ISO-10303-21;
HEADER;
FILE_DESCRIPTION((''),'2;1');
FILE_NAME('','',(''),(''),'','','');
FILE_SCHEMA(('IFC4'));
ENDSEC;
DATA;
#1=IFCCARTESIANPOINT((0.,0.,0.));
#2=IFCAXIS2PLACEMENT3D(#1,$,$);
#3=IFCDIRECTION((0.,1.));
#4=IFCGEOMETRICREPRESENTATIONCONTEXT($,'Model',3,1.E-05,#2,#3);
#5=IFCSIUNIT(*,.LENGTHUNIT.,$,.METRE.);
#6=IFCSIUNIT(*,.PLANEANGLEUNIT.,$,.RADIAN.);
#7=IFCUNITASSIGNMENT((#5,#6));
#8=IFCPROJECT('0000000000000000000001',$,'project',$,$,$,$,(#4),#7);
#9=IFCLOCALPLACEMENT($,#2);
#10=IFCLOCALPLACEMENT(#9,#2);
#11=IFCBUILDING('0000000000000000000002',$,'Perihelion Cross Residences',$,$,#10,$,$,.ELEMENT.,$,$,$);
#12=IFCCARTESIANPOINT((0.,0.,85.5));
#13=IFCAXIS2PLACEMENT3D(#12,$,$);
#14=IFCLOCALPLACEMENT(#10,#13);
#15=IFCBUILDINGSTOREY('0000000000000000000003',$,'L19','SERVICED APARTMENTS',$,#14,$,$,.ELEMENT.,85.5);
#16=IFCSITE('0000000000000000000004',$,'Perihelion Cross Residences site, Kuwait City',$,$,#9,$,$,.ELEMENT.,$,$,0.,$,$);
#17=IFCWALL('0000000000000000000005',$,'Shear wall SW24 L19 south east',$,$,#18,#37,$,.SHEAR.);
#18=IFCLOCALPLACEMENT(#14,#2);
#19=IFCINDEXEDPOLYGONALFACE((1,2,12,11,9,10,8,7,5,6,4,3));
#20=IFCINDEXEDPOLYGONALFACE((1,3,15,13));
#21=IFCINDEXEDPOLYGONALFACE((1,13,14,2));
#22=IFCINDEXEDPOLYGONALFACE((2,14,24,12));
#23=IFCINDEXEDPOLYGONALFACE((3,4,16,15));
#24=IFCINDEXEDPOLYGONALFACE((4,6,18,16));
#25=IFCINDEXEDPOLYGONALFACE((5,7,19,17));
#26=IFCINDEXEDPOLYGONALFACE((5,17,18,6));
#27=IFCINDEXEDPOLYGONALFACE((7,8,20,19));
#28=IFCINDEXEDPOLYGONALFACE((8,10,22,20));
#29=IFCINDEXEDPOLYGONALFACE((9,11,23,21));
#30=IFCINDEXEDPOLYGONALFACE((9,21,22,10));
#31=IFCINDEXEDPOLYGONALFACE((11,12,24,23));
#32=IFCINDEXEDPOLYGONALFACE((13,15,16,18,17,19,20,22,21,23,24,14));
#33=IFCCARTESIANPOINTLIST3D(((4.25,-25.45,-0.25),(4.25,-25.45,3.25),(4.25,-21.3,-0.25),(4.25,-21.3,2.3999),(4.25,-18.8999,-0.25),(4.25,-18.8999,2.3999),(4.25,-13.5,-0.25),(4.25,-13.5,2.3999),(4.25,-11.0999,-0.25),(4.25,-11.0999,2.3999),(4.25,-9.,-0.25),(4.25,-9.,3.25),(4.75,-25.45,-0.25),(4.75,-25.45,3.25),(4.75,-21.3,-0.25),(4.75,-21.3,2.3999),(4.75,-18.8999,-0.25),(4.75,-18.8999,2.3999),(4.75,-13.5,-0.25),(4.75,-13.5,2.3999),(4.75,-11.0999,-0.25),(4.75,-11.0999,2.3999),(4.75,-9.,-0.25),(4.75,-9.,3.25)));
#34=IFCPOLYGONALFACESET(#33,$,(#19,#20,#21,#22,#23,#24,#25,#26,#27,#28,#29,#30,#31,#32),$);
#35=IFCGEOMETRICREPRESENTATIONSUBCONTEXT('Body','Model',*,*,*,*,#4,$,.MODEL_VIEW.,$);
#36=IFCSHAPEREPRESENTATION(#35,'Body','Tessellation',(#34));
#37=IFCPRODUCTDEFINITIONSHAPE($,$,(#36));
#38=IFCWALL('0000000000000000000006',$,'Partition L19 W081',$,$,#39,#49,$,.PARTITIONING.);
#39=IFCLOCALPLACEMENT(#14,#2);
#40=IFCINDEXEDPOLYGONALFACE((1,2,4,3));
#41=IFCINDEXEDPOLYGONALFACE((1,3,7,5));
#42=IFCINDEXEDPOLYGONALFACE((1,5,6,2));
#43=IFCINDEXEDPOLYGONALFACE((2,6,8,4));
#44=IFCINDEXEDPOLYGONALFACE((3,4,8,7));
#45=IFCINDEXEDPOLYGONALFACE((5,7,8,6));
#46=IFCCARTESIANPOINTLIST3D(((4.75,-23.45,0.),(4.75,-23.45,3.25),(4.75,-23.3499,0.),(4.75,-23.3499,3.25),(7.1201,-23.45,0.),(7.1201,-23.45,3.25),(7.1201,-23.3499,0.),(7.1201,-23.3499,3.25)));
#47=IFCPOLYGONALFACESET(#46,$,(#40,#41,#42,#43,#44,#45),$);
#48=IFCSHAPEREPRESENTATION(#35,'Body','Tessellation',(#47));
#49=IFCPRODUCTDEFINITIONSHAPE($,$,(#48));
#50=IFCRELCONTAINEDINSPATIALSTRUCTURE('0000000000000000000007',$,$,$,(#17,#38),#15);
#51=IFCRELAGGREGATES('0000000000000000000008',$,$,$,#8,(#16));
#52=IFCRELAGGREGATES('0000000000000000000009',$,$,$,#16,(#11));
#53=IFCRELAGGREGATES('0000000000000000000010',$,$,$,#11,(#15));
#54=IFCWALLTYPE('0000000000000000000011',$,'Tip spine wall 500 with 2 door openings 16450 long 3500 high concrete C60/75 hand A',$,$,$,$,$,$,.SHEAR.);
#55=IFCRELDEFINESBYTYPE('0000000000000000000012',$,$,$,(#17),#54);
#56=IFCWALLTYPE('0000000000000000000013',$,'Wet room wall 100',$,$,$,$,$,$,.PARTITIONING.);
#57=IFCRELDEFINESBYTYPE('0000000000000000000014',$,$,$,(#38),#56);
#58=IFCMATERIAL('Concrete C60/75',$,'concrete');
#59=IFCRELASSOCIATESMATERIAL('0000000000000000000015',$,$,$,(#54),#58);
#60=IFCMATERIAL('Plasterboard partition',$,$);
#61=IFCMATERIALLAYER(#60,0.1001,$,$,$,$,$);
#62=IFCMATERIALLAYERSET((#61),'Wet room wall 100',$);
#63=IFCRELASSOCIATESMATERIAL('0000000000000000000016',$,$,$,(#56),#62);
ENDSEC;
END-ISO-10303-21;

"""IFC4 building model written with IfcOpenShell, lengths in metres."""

from ifc_helpers import new_model, si_unit, direction, frame, frame_2d, origin, place, context, subcontext, project, spatial, polyline, rectangle, outline, extrude, material, layer, layer_set, material_profile, profile_set, type_object, element, save


model = new_model("IFC4")

# Units and contexts
model_context = context("Model", 3, precision=1e-05, world=origin(), true_north=direction((0.0, 1.0)))
body_context = subcontext(model_context, "Body", "Model", "MODEL_VIEW")
ifc_project = project(units=[si_unit("LENGTHUNIT", "METRE"), si_unit("PLANEANGLEUNIT", "RADIAN")], contexts=[model_context])

# Site, building, storey
site_placement = place(None, origin())
site = spatial("IfcSite", under=ifc_project, at=site_placement, Name="Perihelion Cross Residences site, Kuwait City", CompositionType="ELEMENT", RefElevation=0.0)
building_placement = place(site_placement, origin())
building = spatial("IfcBuilding", under=site, at=building_placement, Name="Perihelion Cross Residences", CompositionType="ELEMENT")
storey_placement = place(building_placement, frame((0.0, 0.0, 85.5)))
storey = spatial("IfcBuildingStorey", under=building, at=storey_placement, Name="L19", Description="SERVICED APARTMENTS", CompositionType="ELEMENT", Elevation=85.5)

# Walls
ifc_material_1 = material(Name="Concrete C60/75", Category="concrete")
ifc_material_profile_1 = material_profile(ifc_material_1, outline(polyline([(0.0, 0.0), (4.1499, 0.0), (4.1499, 2.6499), (6.55, 2.6499), (6.55, 0.0), (11.95, 0.0), (11.95, 2.6499), (14.3501, 2.6499), (14.3501, 0.0), (16.45, 0.0), (16.45, 3.5), (0.0, 3.5), (0.0, 0.0)])), Name="Tip spine wall")
ifc_profile_set_1 = profile_set([ifc_material_profile_1], Name="Concrete C60/75")
wall_type_1 = type_object("IfcWallType", Name="Tip spine wall 500 with 2 door openings 16450 long 3500 high concrete C60/75 hand A", PredefinedType="SHEAR", material=ifc_profile_set_1)
wall_1_placement = place(storey_placement, frame((4.25, -25.45, -0.25), z_axis=(1.0, 0.0, 0.0), x_axis=(0.0, 1.0, 0.0)))
element("IfcWall", 1, at=wall_1_placement, inside=storey, type_object=wall_type_1, Name="Shear wall SW24 L19 south east", PredefinedType="SHEAR", context=body_context, shape_type="SweptSolid", body=[
    extrude(outline(polyline([(0.0, 0.0), (4.1499, 0.0), (4.1499, 2.6499), (6.55, 2.6499), (6.55, 0.0), (11.95, 0.0), (11.95, 2.6499), (14.3501, 2.6499), (14.3501, 0.0), (16.45, 0.0), (16.45, 3.5), (0.0, 3.5), (0.0, 0.0)])), origin(), (0.0, 0.0, 1.0), 0.5),
])
ifc_material_2 = material(Name="Plasterboard partition")
ifc_layer_1 = layer(ifc_material_2, 0.1001)
ifc_layer_set_1 = layer_set([ifc_layer_1], Name="Wet room wall 100")
wall_type_2 = type_object("IfcWallType", Name="Wet room wall 100", PredefinedType="PARTITIONING", material=ifc_layer_set_1)
wall_2_placement = place(storey_placement, frame((7.1201, -23.3999, 0.0), z_axis=(0.0, 0.0, 1.0), x_axis=(-1.0, 0.0, 0.0)))
element("IfcWall", 2, at=wall_2_placement, inside=storey, type_object=wall_type_2, Name="Partition L19 W081", PredefinedType="PARTITIONING", context=body_context, shape_type="SweptSolid", body=[
    extrude(rectangle(XDim=2.3701, YDim=0.1001, at=frame_2d((1.1851, 0.0))), origin(), (0.0, 0.0, 1.0), 3.25),
])

save(model, "model.ifc")
